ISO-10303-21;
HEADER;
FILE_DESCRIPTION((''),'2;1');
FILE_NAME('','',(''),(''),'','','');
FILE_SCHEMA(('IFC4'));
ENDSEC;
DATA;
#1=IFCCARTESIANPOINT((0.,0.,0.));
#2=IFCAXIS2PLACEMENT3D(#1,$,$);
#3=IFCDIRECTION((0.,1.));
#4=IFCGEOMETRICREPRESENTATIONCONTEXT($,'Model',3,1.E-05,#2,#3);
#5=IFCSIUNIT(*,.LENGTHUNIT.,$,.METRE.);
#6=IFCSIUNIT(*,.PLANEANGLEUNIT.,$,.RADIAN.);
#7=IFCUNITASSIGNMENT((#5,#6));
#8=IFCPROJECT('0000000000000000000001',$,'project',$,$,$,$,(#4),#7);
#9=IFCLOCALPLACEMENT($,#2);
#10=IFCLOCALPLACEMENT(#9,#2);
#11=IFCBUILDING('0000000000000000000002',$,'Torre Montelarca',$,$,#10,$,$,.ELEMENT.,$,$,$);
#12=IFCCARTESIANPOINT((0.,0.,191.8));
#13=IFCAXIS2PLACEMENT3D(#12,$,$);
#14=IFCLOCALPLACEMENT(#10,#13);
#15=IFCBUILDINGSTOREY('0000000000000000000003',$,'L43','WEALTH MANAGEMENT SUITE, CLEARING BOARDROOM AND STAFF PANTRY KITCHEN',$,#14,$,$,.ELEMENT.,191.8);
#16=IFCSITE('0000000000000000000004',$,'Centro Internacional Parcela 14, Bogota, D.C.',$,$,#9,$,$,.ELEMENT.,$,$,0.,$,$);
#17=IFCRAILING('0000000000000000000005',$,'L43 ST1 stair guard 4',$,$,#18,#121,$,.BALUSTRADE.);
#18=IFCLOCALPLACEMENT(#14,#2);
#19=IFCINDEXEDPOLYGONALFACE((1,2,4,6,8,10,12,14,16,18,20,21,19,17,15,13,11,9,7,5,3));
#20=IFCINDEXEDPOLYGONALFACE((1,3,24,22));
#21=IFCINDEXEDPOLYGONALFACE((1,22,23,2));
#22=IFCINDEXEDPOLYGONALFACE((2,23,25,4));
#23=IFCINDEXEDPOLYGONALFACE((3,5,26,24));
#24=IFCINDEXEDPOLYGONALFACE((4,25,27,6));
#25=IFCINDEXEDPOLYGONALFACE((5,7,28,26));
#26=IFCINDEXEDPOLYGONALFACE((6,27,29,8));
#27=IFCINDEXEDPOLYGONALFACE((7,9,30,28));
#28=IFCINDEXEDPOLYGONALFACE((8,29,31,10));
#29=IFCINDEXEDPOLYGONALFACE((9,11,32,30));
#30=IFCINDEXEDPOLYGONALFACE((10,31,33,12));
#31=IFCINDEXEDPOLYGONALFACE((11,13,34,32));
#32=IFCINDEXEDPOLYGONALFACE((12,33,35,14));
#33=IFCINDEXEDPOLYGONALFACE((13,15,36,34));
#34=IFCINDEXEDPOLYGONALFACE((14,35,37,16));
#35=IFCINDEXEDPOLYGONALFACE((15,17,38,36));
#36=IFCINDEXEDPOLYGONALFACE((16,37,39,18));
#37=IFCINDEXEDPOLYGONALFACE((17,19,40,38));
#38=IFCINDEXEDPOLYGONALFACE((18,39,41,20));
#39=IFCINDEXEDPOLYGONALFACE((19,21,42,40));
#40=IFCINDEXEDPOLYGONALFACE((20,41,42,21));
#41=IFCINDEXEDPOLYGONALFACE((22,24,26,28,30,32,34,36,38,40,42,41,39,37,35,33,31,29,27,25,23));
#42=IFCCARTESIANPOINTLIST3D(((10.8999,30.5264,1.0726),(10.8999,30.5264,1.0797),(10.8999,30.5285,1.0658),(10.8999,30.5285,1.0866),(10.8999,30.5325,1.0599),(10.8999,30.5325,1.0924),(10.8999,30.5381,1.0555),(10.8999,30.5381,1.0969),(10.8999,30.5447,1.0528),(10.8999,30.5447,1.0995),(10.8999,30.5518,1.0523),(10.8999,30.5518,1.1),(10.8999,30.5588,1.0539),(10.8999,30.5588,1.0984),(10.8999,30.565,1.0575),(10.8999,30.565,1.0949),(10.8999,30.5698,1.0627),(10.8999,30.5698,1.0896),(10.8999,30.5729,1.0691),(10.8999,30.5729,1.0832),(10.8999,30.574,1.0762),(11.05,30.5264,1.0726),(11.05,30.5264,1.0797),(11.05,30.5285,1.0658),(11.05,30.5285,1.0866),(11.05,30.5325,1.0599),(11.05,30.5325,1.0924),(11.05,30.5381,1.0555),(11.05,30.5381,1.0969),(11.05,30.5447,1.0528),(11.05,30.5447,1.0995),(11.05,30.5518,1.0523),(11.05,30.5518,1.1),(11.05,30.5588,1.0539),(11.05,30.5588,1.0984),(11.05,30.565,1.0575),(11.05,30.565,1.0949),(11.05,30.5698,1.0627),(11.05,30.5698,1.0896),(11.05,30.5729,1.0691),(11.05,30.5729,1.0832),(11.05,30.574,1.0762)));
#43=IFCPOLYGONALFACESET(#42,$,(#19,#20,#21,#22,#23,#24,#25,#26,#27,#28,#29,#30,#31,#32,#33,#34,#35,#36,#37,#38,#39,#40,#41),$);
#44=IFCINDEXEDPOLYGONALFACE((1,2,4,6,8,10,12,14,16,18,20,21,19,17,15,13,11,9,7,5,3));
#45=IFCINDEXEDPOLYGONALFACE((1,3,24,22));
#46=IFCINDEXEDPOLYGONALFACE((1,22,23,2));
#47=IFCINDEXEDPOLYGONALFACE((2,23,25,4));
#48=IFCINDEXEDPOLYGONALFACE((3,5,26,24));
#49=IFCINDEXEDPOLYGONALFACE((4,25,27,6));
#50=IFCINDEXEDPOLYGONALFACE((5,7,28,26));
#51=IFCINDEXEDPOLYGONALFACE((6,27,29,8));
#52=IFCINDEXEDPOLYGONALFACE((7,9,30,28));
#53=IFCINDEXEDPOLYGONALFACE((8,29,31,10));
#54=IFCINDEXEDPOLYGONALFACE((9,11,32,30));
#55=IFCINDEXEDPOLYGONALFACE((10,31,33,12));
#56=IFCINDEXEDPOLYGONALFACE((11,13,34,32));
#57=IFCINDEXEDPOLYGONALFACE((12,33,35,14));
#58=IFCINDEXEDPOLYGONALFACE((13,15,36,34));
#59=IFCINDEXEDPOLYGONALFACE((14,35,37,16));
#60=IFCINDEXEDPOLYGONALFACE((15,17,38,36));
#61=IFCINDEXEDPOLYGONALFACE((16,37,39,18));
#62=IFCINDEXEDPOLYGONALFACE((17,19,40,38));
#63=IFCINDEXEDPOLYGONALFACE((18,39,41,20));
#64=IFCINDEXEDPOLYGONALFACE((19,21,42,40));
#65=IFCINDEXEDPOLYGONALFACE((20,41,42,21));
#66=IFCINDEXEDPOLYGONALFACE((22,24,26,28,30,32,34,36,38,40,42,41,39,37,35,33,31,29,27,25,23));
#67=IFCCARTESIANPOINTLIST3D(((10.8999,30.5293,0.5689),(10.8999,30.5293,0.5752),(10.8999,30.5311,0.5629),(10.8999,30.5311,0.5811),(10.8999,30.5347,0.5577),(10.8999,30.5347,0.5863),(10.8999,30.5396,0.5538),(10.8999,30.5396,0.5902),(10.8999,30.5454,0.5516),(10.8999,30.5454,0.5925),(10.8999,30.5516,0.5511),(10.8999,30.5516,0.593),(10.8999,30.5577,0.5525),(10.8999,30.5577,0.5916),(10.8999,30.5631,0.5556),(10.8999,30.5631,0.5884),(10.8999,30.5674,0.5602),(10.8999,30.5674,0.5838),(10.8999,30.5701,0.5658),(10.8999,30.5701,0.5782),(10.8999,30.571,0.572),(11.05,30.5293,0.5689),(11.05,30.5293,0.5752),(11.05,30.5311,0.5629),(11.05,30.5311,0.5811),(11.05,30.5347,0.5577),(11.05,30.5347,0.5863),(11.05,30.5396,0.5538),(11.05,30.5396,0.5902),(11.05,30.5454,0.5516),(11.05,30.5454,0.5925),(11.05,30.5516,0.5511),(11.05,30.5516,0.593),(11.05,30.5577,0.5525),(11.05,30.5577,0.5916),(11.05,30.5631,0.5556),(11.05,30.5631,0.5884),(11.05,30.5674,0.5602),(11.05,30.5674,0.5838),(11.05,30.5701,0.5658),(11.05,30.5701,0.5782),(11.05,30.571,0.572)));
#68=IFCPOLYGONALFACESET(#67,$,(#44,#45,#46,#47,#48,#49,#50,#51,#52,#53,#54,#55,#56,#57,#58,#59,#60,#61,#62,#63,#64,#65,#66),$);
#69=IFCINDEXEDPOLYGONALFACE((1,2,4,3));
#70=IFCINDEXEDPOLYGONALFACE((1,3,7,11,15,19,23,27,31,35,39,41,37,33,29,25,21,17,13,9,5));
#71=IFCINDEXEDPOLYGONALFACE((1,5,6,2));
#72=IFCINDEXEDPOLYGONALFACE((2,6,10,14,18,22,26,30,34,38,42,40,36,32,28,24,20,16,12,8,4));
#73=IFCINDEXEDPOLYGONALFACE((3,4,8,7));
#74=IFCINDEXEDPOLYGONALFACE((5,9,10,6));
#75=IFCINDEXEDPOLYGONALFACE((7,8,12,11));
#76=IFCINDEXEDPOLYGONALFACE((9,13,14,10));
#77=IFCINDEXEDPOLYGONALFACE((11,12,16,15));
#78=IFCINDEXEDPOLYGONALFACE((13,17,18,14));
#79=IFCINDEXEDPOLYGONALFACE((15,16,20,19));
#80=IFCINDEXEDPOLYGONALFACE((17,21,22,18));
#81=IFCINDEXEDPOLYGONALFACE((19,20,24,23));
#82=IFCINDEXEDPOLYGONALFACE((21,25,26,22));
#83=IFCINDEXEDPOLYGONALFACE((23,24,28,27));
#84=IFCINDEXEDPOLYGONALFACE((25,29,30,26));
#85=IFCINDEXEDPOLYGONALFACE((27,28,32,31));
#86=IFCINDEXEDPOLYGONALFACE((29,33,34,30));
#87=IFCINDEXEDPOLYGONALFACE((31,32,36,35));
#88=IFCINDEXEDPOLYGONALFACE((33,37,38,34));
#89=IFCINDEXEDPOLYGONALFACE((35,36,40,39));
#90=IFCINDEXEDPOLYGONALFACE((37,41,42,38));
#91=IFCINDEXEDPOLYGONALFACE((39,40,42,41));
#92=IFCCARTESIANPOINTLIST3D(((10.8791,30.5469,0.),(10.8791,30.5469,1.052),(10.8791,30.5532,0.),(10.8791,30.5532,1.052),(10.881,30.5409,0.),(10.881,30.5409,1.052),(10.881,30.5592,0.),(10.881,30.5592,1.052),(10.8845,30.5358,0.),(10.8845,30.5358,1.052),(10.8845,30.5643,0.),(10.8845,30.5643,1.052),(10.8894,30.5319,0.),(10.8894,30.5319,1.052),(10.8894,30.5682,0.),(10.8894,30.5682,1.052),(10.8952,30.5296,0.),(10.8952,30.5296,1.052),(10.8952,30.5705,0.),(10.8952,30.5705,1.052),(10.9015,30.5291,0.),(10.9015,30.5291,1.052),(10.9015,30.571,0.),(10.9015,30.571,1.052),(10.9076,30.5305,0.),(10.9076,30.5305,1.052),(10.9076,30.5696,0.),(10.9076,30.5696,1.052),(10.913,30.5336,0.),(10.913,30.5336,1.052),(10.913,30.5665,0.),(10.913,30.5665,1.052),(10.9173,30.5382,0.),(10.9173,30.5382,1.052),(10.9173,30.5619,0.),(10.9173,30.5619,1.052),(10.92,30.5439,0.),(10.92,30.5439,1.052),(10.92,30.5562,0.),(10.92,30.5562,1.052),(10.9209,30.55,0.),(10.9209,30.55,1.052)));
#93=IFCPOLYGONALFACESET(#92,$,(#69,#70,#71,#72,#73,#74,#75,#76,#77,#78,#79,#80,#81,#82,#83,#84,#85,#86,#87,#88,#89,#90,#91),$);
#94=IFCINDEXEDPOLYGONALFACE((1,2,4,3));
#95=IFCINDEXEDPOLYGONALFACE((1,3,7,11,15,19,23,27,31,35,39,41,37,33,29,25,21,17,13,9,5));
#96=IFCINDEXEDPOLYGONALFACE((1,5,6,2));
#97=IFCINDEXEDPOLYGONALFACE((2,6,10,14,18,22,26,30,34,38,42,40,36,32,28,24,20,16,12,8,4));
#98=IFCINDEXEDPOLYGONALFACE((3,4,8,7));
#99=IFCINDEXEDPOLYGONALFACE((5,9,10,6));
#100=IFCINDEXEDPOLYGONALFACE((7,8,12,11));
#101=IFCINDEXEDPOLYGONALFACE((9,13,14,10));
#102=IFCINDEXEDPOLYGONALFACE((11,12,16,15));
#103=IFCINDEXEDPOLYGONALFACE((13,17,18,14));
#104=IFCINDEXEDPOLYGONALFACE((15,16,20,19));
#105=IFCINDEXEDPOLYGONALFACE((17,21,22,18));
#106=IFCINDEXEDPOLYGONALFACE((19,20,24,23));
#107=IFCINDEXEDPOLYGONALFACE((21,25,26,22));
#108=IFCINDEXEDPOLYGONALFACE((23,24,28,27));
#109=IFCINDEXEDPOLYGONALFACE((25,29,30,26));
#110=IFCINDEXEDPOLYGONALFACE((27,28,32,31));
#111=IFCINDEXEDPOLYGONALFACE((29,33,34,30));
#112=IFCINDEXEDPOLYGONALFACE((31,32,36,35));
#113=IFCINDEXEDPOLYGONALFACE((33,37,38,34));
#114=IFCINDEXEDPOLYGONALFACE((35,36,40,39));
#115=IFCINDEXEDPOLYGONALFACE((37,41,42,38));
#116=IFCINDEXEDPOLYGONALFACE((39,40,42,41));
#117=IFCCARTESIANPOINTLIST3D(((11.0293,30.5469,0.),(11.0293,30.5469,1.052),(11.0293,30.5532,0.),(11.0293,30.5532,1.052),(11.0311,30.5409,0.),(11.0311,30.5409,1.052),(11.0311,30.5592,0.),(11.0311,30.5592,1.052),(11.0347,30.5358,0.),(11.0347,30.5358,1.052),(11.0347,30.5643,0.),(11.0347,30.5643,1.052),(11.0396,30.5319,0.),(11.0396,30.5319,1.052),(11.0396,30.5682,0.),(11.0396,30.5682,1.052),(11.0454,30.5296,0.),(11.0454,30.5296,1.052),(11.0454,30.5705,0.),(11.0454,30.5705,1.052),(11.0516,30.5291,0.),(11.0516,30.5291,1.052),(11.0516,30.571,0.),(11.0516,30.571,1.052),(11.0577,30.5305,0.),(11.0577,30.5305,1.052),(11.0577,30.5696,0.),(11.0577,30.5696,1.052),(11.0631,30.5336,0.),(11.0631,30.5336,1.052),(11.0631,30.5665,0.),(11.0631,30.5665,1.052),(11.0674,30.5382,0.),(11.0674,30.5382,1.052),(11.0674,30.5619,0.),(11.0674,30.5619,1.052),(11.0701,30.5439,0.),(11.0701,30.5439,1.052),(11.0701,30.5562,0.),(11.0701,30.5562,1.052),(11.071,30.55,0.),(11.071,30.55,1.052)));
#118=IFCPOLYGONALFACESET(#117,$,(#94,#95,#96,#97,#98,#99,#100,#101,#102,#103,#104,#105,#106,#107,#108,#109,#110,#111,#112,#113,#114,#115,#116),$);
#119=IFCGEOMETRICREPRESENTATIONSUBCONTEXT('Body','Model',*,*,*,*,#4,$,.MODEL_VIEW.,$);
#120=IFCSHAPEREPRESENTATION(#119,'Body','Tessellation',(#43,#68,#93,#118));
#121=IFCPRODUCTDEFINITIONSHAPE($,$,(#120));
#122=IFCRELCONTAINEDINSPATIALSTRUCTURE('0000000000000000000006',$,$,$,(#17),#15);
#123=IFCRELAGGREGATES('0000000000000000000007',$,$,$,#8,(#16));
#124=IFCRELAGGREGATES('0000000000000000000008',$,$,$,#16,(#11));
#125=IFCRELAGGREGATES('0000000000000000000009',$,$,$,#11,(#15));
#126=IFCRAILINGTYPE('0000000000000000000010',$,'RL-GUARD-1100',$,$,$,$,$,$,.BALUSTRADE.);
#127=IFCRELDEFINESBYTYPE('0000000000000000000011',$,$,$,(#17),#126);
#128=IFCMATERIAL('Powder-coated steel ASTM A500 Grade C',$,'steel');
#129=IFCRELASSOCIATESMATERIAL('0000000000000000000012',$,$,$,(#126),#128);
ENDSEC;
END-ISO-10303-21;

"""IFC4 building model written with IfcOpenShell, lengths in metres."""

from ifc_helpers import new_model, si_unit, direction, frame, origin, origin_2d, place, context, subcontext, project, spatial, circle, extrude, material, type_object, element, save


model = new_model("IFC4")

# Units and contexts
model_context = context("Model", 3, precision=1e-05, world=origin(), true_north=direction((0.0, 1.0)))
body_context = subcontext(model_context, "Body", "Model", "MODEL_VIEW")
ifc_project = project(units=[si_unit("LENGTHUNIT", "METRE"), si_unit("PLANEANGLEUNIT", "RADIAN")], contexts=[model_context])

# Site, building, storey
site_placement = place(None, origin())
site = spatial("IfcSite", under=ifc_project, at=site_placement, Name="Centro Internacional Parcela 14, Bogota, D.C.", CompositionType="ELEMENT", RefElevation=0.0)
building_placement = place(site_placement, origin())
building = spatial("IfcBuilding", under=site, at=building_placement, Name="Torre Montelarca", CompositionType="ELEMENT")
storey_placement = place(building_placement, frame((0.0, 0.0, 191.8)))
storey = spatial("IfcBuildingStorey", under=building, at=storey_placement, Name="L43", Description="WEALTH MANAGEMENT SUITE, CLEARING BOARDROOM AND STAFF PANTRY KITCHEN", CompositionType="ELEMENT", Elevation=191.8)

# Railing
ifc_material_1 = material(Name="Powder-coated steel ASTM A500 Grade C", Category="steel")
railing_type_1 = type_object("IfcRailingType", Name="RL-GUARD-1100", PredefinedType="BALUSTRADE", material=ifc_material_1)
railing_1_placement = place(storey_placement, frame((10.8999, 30.55, 0.0)))
element("IfcRailing", 1, at=railing_1_placement, inside=storey, type_object=railing_type_1, Name="L43 ST1 stair guard 4", PredefinedType="BALUSTRADE", context=body_context, shape_type="SweptSolid", body=[
    extrude(circle(Radius=0.0239, at=origin_2d()), frame((0.0, 0.0, 1.0762), z_axis=(1.0, 0.0, 0.0), x_axis=(0.0, 1.0, 0.0)), (0.0, 0.0, 1.0), 0.1501),
    extrude(circle(Radius=0.021, at=origin_2d()), frame((0.0, 0.0, 0.572), z_axis=(1.0, 0.0, 0.0), x_axis=(0.0, 1.0, 0.0)), (0.0, 0.0, 1.0), 0.1501),
    extrude(circle(Radius=0.021, at=origin_2d()), origin(), (0.0, 0.0, 1.0), 1.052),
    extrude(circle(Radius=0.021, at=origin_2d()), frame((0.1501, 0.0, 0.0)), (0.0, 0.0, 1.0), 1.052),
])

save(model, "model.ifc")
